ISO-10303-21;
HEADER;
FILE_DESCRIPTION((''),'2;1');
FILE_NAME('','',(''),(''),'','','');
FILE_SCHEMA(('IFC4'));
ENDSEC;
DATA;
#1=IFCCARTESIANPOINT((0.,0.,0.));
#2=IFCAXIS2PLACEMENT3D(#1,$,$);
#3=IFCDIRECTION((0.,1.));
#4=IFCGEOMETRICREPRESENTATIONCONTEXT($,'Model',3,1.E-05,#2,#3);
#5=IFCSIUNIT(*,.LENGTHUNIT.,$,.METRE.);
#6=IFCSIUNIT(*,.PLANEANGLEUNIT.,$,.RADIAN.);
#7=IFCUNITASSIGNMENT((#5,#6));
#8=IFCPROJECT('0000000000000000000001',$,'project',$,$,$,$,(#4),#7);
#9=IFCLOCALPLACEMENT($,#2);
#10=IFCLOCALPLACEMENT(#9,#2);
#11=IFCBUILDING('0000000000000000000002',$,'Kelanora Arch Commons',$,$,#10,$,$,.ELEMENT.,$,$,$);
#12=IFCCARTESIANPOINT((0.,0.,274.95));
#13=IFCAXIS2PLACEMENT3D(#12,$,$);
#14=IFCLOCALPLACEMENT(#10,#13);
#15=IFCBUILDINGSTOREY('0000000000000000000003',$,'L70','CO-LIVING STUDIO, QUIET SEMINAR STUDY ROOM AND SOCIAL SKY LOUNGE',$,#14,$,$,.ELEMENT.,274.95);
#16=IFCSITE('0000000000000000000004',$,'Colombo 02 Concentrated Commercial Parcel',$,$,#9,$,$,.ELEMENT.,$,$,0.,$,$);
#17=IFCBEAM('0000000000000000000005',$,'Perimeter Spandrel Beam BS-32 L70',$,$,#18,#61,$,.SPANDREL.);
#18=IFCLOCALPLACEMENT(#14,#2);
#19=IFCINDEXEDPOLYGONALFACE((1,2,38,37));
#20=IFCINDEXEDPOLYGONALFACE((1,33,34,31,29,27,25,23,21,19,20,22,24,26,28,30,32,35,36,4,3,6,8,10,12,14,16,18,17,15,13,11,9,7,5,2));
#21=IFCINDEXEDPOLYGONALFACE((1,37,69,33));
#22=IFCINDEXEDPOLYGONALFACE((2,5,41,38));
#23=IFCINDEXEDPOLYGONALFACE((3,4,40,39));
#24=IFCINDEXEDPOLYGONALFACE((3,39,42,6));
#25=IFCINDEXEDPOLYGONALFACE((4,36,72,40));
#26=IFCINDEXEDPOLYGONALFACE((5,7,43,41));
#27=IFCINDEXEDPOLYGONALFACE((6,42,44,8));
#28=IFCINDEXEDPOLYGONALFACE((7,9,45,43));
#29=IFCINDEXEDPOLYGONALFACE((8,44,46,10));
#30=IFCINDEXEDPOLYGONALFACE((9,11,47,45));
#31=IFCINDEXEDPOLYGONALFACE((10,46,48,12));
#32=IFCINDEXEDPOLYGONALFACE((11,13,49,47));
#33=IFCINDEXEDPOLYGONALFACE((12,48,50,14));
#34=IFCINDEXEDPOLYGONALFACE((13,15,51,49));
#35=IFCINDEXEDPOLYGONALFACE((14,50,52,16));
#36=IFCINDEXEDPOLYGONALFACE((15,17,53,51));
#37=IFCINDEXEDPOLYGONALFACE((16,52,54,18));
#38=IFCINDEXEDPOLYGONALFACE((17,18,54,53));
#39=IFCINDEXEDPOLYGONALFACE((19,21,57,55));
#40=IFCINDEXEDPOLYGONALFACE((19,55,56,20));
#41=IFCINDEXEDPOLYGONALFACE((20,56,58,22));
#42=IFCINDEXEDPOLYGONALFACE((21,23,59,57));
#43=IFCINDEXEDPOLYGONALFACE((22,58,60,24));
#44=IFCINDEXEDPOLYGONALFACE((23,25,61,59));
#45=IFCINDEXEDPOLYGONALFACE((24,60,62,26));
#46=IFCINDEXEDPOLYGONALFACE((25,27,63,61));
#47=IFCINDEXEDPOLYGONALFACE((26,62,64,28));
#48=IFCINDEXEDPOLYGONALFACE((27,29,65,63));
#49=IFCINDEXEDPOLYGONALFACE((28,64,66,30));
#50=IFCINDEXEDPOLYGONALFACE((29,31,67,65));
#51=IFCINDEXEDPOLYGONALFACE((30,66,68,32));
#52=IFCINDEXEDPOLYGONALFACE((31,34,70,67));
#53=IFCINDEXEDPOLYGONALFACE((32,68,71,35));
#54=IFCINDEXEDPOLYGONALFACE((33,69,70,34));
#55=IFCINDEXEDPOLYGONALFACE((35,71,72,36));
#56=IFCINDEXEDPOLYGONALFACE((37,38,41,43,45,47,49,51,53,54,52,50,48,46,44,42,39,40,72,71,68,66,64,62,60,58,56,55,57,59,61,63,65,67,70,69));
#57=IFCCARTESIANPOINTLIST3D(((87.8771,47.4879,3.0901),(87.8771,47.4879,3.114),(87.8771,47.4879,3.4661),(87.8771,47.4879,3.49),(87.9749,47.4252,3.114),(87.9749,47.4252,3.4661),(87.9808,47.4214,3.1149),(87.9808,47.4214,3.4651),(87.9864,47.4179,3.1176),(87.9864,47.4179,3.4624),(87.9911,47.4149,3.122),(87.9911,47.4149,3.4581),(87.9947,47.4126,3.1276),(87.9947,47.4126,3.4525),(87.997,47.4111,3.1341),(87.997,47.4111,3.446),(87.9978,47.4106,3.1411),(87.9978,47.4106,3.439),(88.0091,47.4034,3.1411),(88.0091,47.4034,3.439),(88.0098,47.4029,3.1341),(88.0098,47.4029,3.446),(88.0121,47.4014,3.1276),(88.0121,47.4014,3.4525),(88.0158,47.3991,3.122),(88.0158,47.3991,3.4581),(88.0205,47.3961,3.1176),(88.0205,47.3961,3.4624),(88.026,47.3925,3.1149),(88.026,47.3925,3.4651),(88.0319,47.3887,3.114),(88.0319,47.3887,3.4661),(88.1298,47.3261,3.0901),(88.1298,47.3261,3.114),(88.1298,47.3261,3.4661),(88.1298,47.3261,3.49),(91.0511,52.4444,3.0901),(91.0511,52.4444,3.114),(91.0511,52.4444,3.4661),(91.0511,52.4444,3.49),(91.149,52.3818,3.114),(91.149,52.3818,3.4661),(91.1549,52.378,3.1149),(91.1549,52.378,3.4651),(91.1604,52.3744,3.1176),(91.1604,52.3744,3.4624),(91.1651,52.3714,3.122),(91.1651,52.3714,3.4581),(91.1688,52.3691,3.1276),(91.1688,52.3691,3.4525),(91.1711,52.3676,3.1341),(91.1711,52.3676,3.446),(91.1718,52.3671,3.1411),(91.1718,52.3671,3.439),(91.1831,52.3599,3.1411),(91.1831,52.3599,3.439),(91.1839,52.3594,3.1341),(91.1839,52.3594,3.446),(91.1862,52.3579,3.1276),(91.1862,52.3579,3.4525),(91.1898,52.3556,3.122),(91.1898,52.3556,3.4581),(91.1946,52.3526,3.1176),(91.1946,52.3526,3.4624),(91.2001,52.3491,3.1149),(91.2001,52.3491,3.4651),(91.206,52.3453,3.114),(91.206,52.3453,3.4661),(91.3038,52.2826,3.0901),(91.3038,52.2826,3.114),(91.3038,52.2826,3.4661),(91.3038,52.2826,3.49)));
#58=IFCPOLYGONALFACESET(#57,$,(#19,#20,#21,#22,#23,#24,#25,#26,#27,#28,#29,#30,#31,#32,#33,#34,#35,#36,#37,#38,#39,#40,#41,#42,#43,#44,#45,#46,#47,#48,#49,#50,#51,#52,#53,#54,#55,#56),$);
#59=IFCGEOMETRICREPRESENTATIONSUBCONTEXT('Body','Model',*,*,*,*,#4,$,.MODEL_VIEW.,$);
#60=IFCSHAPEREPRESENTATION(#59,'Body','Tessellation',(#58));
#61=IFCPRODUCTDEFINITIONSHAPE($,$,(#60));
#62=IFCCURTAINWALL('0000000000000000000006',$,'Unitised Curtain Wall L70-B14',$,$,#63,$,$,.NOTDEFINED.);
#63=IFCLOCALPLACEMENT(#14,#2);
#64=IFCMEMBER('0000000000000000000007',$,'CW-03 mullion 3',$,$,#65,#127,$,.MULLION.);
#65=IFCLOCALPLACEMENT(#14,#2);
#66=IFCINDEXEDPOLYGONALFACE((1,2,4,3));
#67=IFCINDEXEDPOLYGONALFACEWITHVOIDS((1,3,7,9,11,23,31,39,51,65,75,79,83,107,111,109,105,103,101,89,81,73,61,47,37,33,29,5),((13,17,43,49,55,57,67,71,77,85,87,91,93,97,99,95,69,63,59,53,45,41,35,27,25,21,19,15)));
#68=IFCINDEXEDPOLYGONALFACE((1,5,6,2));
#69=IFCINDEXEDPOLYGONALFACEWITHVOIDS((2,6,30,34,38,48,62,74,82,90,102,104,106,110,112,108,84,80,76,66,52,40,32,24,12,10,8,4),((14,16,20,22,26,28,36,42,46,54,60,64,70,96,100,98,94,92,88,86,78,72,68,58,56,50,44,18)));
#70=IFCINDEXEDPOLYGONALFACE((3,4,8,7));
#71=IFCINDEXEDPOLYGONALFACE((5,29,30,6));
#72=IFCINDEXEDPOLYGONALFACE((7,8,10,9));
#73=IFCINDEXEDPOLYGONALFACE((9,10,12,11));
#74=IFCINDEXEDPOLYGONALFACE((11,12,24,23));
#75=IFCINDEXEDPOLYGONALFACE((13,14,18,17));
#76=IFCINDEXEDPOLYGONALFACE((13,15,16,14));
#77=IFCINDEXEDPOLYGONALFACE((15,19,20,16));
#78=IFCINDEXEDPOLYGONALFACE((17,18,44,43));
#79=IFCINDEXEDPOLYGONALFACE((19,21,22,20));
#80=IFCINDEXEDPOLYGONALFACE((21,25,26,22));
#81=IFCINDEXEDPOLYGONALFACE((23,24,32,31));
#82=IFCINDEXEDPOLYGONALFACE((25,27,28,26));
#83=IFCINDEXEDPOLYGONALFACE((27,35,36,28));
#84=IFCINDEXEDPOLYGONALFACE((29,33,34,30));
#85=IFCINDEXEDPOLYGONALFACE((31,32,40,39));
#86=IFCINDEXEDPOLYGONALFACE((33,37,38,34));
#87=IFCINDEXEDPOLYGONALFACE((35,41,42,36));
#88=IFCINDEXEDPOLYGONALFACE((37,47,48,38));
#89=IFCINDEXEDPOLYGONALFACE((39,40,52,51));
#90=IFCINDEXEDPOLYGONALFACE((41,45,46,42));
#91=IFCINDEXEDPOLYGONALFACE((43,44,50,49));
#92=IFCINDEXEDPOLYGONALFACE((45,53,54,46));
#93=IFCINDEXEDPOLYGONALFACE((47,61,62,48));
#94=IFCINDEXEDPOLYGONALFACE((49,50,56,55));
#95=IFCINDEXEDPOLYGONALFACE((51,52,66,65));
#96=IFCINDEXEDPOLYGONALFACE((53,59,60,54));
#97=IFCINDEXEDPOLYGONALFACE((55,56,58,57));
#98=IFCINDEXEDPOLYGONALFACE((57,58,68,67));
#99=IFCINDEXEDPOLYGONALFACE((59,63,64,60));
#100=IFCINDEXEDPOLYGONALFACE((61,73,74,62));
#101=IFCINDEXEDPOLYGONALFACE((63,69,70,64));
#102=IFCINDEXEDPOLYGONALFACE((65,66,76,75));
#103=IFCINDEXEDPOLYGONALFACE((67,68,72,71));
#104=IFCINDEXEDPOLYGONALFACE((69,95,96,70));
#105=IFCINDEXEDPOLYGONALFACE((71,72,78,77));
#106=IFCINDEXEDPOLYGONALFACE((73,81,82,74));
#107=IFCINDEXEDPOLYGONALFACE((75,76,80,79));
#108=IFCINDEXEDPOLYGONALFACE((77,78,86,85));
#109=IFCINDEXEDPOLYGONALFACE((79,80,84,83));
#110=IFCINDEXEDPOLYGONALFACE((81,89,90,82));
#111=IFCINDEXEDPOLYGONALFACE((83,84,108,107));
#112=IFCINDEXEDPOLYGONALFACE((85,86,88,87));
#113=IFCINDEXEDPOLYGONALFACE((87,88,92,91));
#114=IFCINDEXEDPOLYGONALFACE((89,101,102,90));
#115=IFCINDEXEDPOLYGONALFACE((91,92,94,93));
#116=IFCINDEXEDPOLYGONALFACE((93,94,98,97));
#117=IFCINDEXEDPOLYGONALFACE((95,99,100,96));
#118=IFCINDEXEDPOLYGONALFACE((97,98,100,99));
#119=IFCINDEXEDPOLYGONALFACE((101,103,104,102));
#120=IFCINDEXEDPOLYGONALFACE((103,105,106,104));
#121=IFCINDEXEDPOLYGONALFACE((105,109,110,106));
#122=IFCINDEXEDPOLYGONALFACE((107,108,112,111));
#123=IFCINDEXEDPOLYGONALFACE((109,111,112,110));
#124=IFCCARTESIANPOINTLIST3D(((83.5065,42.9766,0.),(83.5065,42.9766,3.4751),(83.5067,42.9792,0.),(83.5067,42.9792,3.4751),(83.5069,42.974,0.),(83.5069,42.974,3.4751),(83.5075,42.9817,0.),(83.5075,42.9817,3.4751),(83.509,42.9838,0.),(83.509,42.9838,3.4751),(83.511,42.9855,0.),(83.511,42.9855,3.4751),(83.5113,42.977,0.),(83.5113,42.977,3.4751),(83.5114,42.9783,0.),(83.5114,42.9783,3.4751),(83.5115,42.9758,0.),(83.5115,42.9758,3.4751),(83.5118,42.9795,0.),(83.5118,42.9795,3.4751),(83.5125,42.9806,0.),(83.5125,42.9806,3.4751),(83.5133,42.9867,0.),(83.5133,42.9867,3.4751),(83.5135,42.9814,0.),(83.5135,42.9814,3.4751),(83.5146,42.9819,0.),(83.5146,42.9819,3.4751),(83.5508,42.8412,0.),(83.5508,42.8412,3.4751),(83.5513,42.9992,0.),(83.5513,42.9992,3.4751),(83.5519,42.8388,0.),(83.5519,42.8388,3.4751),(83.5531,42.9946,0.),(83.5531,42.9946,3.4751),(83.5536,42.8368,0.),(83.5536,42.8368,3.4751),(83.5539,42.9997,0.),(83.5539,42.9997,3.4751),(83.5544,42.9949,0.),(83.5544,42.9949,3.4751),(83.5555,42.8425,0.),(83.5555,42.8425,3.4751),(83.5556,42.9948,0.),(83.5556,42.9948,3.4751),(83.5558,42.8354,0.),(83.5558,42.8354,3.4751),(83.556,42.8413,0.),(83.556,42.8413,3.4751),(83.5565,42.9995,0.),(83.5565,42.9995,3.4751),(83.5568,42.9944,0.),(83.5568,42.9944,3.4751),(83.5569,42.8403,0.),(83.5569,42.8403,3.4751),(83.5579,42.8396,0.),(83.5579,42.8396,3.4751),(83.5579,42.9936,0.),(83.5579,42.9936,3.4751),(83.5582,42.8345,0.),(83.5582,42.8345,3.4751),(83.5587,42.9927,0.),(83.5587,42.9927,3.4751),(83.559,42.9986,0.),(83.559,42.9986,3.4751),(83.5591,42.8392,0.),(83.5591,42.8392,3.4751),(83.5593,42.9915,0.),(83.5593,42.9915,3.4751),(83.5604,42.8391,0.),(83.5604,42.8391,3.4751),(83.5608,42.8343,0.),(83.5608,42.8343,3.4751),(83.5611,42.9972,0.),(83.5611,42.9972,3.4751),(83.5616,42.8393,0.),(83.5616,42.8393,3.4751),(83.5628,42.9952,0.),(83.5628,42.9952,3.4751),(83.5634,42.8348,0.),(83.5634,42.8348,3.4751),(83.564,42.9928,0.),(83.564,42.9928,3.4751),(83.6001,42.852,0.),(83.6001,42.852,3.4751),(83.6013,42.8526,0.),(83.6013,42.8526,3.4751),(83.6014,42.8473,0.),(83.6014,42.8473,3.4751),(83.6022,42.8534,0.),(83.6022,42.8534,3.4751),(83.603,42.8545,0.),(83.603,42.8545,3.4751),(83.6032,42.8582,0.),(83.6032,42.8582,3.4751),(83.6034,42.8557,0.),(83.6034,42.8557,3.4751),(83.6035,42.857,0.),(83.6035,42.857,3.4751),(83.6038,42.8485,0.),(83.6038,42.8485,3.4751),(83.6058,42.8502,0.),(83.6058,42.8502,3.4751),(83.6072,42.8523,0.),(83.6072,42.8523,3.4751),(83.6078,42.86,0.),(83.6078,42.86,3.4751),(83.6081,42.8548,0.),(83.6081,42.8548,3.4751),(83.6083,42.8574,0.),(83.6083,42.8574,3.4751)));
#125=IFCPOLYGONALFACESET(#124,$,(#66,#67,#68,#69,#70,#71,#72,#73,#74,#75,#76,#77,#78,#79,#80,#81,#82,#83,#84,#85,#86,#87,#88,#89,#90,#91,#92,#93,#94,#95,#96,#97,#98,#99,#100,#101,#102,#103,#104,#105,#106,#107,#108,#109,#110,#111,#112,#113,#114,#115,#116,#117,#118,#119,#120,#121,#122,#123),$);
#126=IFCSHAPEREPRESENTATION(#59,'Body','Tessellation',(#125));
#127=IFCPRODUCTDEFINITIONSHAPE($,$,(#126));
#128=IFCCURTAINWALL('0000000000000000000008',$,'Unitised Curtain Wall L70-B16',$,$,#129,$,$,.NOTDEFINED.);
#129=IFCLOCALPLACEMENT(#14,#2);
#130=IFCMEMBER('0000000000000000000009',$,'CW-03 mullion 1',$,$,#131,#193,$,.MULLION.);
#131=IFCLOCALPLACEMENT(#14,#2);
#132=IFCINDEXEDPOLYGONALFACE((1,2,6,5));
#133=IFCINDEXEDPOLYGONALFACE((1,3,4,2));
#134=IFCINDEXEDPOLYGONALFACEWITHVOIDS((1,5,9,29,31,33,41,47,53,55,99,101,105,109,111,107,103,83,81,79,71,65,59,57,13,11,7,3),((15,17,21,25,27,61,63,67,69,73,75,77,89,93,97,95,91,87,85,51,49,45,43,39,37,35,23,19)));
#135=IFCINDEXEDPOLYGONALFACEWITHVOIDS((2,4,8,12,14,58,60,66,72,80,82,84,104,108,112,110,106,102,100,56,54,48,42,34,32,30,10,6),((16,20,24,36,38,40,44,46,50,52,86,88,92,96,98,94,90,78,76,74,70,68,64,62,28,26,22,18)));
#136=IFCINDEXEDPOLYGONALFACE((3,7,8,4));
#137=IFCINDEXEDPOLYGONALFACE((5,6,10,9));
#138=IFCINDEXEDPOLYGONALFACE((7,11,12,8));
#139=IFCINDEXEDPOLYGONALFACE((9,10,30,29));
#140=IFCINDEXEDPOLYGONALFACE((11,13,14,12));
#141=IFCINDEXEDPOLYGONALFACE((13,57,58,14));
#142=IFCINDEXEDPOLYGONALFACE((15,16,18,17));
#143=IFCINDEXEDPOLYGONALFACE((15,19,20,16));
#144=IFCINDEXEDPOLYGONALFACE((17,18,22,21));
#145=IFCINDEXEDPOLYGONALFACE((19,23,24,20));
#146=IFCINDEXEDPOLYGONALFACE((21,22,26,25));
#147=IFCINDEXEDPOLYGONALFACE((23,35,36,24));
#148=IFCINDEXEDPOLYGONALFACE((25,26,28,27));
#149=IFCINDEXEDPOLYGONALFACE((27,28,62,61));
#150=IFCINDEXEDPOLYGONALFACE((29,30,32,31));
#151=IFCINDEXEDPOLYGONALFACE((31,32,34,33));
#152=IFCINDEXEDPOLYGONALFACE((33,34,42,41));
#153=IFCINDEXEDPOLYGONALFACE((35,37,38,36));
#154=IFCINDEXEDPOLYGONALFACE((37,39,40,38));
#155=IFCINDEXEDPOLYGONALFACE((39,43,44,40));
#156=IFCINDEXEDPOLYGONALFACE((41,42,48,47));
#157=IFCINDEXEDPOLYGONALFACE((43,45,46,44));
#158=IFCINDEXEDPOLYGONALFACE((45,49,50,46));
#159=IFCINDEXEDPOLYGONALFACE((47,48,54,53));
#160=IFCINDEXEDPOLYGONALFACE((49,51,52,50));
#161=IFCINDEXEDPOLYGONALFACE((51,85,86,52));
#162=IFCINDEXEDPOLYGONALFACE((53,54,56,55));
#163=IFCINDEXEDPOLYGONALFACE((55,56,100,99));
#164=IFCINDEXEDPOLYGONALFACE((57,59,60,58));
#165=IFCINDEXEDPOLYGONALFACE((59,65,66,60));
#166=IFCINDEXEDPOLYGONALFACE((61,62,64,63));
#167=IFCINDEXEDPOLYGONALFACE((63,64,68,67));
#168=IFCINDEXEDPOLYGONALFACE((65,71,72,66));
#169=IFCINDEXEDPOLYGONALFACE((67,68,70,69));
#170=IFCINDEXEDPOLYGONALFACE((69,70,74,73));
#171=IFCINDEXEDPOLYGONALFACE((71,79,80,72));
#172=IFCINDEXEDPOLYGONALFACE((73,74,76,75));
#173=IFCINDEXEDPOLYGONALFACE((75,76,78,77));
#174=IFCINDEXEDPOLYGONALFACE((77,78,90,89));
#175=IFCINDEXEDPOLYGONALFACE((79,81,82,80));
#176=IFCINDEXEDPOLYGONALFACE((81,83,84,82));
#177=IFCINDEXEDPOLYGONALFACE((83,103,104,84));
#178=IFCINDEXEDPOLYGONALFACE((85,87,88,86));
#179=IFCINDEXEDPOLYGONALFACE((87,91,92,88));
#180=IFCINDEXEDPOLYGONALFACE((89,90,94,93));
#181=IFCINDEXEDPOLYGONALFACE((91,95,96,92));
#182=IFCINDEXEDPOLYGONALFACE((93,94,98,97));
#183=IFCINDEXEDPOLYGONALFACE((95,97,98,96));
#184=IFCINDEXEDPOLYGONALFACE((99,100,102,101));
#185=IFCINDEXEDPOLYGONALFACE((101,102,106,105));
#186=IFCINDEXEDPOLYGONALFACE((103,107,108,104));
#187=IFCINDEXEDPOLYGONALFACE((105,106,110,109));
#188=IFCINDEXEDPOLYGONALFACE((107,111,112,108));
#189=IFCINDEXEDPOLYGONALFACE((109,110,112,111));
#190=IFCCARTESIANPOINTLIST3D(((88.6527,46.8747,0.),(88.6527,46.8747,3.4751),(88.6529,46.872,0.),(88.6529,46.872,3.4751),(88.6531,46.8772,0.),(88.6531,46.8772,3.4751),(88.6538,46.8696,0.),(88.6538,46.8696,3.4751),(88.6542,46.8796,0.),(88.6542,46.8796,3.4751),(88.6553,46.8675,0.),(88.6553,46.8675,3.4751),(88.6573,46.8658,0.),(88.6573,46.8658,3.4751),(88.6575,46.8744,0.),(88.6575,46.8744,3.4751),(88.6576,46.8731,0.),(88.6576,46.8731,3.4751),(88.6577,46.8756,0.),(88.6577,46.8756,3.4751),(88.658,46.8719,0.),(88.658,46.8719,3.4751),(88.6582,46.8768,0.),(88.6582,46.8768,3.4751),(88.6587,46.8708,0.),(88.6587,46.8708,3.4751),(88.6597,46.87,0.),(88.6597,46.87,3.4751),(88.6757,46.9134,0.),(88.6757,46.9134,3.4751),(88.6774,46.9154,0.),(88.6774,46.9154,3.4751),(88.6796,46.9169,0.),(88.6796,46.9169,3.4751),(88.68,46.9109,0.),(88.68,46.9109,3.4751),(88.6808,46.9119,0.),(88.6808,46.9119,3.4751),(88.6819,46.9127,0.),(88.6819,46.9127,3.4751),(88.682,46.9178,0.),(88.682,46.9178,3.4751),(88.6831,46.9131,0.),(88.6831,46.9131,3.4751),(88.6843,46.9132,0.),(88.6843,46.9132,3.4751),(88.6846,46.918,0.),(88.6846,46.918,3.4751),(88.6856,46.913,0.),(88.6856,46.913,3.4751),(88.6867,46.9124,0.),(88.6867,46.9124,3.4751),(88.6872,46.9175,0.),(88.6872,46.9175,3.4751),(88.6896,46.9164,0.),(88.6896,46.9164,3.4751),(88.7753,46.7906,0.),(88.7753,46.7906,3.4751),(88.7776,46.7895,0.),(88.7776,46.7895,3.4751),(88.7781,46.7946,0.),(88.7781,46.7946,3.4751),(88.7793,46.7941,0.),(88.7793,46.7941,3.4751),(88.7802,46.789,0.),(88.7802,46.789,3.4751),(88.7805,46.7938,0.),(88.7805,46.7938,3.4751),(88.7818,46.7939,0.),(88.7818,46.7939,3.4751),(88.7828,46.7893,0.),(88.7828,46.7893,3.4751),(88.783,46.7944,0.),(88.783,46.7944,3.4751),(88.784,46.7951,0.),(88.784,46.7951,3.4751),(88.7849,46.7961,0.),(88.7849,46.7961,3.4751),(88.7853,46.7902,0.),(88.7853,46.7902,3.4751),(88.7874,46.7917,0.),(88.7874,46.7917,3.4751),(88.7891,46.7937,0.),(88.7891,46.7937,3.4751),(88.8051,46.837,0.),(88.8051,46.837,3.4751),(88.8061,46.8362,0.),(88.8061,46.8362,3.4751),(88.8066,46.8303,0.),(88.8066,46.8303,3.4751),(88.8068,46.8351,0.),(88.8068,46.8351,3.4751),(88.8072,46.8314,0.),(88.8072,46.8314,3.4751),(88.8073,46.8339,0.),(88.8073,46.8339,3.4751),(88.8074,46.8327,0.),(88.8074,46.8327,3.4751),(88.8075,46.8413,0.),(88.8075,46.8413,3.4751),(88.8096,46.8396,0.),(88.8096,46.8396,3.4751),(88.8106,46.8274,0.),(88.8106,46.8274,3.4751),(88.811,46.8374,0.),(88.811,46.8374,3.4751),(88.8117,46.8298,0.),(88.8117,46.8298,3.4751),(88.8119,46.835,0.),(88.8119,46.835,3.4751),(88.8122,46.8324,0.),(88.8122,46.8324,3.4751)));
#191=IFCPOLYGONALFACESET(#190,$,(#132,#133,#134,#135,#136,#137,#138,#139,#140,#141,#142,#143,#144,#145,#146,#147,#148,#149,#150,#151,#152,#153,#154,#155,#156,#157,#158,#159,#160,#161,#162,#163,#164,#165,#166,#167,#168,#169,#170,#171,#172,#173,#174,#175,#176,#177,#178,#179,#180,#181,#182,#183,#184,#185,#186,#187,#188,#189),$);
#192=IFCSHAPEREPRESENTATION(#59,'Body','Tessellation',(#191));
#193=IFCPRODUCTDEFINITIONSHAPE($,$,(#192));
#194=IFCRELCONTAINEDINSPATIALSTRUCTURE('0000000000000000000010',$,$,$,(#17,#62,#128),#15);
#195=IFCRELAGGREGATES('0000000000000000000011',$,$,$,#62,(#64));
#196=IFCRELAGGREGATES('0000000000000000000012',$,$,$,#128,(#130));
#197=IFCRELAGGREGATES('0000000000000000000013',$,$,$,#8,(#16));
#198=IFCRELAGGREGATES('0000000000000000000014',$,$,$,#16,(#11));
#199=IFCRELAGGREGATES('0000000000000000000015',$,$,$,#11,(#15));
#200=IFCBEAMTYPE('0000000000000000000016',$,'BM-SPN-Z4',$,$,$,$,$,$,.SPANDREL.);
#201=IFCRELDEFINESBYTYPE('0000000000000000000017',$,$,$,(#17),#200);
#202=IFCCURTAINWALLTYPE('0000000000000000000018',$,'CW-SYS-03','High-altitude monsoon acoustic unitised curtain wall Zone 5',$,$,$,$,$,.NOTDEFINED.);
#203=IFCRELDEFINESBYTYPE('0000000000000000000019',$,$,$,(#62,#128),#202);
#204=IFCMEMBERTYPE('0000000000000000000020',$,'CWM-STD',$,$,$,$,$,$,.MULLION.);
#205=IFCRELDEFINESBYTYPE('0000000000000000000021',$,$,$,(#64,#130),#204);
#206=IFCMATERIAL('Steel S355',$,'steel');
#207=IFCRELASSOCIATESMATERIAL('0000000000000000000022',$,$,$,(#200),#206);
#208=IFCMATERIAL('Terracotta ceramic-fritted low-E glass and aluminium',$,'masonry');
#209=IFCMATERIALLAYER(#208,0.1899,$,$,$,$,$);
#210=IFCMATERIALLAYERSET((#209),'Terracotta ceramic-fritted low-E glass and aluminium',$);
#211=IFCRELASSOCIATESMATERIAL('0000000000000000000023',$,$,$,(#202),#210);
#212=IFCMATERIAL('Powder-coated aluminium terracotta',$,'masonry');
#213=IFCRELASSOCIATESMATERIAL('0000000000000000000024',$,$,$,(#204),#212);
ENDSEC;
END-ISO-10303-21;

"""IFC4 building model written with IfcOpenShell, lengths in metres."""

from ifc_helpers import new_model, si_unit, direction, frame, origin, origin_2d, place, context, subcontext, project, spatial, hollow_rectangle, i_section, extrude, material, layer, layer_set, material_profile, profile_set, type_object, element, aggregate, save


model = new_model("IFC4")

# Units and contexts
model_context = context("Model", 3, precision=1e-05, world=origin(), true_north=direction((0.0, 1.0)))
body_context = subcontext(model_context, "Body", "Model", "MODEL_VIEW")
ifc_project = project(units=[si_unit("LENGTHUNIT", "METRE"), si_unit("PLANEANGLEUNIT", "RADIAN")], contexts=[model_context])

# Site, building, storey
site_placement = place(None, origin())
site = spatial("IfcSite", under=ifc_project, at=site_placement, Name="Colombo 02 Concentrated Commercial Parcel", CompositionType="ELEMENT", RefElevation=0.0)
building_placement = place(site_placement, origin())
building = spatial("IfcBuilding", under=site, at=building_placement, Name="Kelanora Arch Commons", CompositionType="ELEMENT")
storey_placement = place(building_placement, frame((0.0, 0.0, 274.95)))
storey = spatial("IfcBuildingStorey", under=building, at=storey_placement, Name="L70", Description="CO-LIVING STUDIO, QUIET SEMINAR STUDY ROOM AND SOCIAL SKY LOUNGE", CompositionType="ELEMENT", Elevation=274.95)

# Beam
ifc_material_1 = material(Name="Steel S355", Category="steel")
ifc_material_profile_1 = material_profile(ifc_material_1, i_section(OverallWidth=0.3, OverallDepth=0.3999, WebThickness=0.0134, FlangeThickness=0.0239, FilletRadius=0.0271, at=origin_2d()), Name="HEB400")
ifc_profile_set_1 = profile_set([ifc_material_profile_1], Name="Steel S355")
beam_type_1 = type_object("IfcBeamType", Name="BM-SPN-Z4", PredefinedType="SPANDREL", material=ifc_profile_set_1)
beam_1_placement = place(storey_placement, frame((88.0034, 47.407, 3.29), z_axis=(0.539281, 0.842126, 0.0), x_axis=(-0.842126, 0.539281, 0.0)))
element("IfcBeam", 1, at=beam_1_placement, inside=storey, type_object=beam_type_1, Name="Perimeter Spandrel Beam BS-32 L70", PredefinedType="SPANDREL", context=body_context, shape_type="SweptSolid", body=[
    extrude(i_section(OverallWidth=0.3, OverallDepth=0.3999, WebThickness=0.0134, FlangeThickness=0.0239, FilletRadius=0.0271, at=origin_2d()), origin(), (0.0, 0.0, 1.0), 5.8857),
])

# Curtain wall, member
ifc_material_2 = material(Name="Terracotta ceramic-fritted low-E glass and aluminium", Category="masonry")
ifc_layer_1 = layer(ifc_material_2, 0.1899)
ifc_layer_set_1 = layer_set([ifc_layer_1], Name="Terracotta ceramic-fritted low-E glass and aluminium")
curtain_wall_type = type_object("IfcCurtainWallType", Name="CW-SYS-03", Description="High-altitude monsoon acoustic unitised curtain wall Zone 5", PredefinedType="NOTDEFINED", material=ifc_layer_set_1)
curtain_wall_1_placement = place(storey_placement, origin())
curtain_wall_1 = element("IfcCurtainWall", 2, at=curtain_wall_1_placement, inside=storey, type_object=curtain_wall_type, Name="Unitised Curtain Wall L70-B14", PredefinedType="NOTDEFINED")
ifc_material_3 = material(Name="Powder-coated aluminium terracotta", Category="masonry")
ifc_material_profile_2 = material_profile(ifc_material_3, hollow_rectangle(XDim=0.1599, YDim=0.0601, WallThickness=0.0049, InnerFilletRadius=0.0049, OuterFilletRadius=0.01, at=origin_2d()), Name="CWM160x60")
ifc_profile_set_2 = profile_set([ifc_material_profile_2], Name="Powder-coated aluminium terracotta")
member_type_1 = type_object("IfcMemberType", Name="CWM-STD", PredefinedType="MULLION", material=ifc_profile_set_2)
member_1_placement = place(storey_placement, frame((83.5574, 42.917, 0.0), z_axis=(0.0, 0.0, 1.0), x_axis=(-0.313253, 0.94967, 0.0)))
member_1 = element("IfcMember", 3, at=member_1_placement, type_object=member_type_1, Name="CW-03 mullion 3", PredefinedType="MULLION", context=body_context, shape_type="SweptSolid", body=[
    extrude(hollow_rectangle(XDim=0.1599, YDim=0.0601, WallThickness=0.0049, InnerFilletRadius=0.0049, OuterFilletRadius=0.01, at=origin_2d()), origin(), (0.0, 0.0, 1.0), 3.4751),
])

# Curtain wall, member
curtain_wall_2_placement = place(storey_placement, origin())
curtain_wall_2 = element("IfcCurtainWall", 4, at=curtain_wall_2_placement, inside=storey, type_object=curtain_wall_type, Name="Unitised Curtain Wall L70-B16", PredefinedType="NOTDEFINED")
member_2_placement = place(storey_placement, frame((88.7324, 46.8535, 0.0), z_axis=(0.0, 0.0, 1.0), x_axis=(-0.843391, 0.5373, 0.0)))
member_2 = element("IfcMember", 5, at=member_2_placement, type_object=member_type_1, Name="CW-03 mullion 1", PredefinedType="MULLION", context=body_context, shape_type="SweptSolid", body=[
    extrude(hollow_rectangle(XDim=0.1599, YDim=0.0601, WallThickness=0.0049, InnerFilletRadius=0.0049, OuterFilletRadius=0.01, at=origin_2d()), origin(), (0.0, 0.0, 1.0), 3.4751),
])

aggregate(curtain_wall_1, [member_1])
aggregate(curtain_wall_2, [member_2])

save(model, "model.ifc")
